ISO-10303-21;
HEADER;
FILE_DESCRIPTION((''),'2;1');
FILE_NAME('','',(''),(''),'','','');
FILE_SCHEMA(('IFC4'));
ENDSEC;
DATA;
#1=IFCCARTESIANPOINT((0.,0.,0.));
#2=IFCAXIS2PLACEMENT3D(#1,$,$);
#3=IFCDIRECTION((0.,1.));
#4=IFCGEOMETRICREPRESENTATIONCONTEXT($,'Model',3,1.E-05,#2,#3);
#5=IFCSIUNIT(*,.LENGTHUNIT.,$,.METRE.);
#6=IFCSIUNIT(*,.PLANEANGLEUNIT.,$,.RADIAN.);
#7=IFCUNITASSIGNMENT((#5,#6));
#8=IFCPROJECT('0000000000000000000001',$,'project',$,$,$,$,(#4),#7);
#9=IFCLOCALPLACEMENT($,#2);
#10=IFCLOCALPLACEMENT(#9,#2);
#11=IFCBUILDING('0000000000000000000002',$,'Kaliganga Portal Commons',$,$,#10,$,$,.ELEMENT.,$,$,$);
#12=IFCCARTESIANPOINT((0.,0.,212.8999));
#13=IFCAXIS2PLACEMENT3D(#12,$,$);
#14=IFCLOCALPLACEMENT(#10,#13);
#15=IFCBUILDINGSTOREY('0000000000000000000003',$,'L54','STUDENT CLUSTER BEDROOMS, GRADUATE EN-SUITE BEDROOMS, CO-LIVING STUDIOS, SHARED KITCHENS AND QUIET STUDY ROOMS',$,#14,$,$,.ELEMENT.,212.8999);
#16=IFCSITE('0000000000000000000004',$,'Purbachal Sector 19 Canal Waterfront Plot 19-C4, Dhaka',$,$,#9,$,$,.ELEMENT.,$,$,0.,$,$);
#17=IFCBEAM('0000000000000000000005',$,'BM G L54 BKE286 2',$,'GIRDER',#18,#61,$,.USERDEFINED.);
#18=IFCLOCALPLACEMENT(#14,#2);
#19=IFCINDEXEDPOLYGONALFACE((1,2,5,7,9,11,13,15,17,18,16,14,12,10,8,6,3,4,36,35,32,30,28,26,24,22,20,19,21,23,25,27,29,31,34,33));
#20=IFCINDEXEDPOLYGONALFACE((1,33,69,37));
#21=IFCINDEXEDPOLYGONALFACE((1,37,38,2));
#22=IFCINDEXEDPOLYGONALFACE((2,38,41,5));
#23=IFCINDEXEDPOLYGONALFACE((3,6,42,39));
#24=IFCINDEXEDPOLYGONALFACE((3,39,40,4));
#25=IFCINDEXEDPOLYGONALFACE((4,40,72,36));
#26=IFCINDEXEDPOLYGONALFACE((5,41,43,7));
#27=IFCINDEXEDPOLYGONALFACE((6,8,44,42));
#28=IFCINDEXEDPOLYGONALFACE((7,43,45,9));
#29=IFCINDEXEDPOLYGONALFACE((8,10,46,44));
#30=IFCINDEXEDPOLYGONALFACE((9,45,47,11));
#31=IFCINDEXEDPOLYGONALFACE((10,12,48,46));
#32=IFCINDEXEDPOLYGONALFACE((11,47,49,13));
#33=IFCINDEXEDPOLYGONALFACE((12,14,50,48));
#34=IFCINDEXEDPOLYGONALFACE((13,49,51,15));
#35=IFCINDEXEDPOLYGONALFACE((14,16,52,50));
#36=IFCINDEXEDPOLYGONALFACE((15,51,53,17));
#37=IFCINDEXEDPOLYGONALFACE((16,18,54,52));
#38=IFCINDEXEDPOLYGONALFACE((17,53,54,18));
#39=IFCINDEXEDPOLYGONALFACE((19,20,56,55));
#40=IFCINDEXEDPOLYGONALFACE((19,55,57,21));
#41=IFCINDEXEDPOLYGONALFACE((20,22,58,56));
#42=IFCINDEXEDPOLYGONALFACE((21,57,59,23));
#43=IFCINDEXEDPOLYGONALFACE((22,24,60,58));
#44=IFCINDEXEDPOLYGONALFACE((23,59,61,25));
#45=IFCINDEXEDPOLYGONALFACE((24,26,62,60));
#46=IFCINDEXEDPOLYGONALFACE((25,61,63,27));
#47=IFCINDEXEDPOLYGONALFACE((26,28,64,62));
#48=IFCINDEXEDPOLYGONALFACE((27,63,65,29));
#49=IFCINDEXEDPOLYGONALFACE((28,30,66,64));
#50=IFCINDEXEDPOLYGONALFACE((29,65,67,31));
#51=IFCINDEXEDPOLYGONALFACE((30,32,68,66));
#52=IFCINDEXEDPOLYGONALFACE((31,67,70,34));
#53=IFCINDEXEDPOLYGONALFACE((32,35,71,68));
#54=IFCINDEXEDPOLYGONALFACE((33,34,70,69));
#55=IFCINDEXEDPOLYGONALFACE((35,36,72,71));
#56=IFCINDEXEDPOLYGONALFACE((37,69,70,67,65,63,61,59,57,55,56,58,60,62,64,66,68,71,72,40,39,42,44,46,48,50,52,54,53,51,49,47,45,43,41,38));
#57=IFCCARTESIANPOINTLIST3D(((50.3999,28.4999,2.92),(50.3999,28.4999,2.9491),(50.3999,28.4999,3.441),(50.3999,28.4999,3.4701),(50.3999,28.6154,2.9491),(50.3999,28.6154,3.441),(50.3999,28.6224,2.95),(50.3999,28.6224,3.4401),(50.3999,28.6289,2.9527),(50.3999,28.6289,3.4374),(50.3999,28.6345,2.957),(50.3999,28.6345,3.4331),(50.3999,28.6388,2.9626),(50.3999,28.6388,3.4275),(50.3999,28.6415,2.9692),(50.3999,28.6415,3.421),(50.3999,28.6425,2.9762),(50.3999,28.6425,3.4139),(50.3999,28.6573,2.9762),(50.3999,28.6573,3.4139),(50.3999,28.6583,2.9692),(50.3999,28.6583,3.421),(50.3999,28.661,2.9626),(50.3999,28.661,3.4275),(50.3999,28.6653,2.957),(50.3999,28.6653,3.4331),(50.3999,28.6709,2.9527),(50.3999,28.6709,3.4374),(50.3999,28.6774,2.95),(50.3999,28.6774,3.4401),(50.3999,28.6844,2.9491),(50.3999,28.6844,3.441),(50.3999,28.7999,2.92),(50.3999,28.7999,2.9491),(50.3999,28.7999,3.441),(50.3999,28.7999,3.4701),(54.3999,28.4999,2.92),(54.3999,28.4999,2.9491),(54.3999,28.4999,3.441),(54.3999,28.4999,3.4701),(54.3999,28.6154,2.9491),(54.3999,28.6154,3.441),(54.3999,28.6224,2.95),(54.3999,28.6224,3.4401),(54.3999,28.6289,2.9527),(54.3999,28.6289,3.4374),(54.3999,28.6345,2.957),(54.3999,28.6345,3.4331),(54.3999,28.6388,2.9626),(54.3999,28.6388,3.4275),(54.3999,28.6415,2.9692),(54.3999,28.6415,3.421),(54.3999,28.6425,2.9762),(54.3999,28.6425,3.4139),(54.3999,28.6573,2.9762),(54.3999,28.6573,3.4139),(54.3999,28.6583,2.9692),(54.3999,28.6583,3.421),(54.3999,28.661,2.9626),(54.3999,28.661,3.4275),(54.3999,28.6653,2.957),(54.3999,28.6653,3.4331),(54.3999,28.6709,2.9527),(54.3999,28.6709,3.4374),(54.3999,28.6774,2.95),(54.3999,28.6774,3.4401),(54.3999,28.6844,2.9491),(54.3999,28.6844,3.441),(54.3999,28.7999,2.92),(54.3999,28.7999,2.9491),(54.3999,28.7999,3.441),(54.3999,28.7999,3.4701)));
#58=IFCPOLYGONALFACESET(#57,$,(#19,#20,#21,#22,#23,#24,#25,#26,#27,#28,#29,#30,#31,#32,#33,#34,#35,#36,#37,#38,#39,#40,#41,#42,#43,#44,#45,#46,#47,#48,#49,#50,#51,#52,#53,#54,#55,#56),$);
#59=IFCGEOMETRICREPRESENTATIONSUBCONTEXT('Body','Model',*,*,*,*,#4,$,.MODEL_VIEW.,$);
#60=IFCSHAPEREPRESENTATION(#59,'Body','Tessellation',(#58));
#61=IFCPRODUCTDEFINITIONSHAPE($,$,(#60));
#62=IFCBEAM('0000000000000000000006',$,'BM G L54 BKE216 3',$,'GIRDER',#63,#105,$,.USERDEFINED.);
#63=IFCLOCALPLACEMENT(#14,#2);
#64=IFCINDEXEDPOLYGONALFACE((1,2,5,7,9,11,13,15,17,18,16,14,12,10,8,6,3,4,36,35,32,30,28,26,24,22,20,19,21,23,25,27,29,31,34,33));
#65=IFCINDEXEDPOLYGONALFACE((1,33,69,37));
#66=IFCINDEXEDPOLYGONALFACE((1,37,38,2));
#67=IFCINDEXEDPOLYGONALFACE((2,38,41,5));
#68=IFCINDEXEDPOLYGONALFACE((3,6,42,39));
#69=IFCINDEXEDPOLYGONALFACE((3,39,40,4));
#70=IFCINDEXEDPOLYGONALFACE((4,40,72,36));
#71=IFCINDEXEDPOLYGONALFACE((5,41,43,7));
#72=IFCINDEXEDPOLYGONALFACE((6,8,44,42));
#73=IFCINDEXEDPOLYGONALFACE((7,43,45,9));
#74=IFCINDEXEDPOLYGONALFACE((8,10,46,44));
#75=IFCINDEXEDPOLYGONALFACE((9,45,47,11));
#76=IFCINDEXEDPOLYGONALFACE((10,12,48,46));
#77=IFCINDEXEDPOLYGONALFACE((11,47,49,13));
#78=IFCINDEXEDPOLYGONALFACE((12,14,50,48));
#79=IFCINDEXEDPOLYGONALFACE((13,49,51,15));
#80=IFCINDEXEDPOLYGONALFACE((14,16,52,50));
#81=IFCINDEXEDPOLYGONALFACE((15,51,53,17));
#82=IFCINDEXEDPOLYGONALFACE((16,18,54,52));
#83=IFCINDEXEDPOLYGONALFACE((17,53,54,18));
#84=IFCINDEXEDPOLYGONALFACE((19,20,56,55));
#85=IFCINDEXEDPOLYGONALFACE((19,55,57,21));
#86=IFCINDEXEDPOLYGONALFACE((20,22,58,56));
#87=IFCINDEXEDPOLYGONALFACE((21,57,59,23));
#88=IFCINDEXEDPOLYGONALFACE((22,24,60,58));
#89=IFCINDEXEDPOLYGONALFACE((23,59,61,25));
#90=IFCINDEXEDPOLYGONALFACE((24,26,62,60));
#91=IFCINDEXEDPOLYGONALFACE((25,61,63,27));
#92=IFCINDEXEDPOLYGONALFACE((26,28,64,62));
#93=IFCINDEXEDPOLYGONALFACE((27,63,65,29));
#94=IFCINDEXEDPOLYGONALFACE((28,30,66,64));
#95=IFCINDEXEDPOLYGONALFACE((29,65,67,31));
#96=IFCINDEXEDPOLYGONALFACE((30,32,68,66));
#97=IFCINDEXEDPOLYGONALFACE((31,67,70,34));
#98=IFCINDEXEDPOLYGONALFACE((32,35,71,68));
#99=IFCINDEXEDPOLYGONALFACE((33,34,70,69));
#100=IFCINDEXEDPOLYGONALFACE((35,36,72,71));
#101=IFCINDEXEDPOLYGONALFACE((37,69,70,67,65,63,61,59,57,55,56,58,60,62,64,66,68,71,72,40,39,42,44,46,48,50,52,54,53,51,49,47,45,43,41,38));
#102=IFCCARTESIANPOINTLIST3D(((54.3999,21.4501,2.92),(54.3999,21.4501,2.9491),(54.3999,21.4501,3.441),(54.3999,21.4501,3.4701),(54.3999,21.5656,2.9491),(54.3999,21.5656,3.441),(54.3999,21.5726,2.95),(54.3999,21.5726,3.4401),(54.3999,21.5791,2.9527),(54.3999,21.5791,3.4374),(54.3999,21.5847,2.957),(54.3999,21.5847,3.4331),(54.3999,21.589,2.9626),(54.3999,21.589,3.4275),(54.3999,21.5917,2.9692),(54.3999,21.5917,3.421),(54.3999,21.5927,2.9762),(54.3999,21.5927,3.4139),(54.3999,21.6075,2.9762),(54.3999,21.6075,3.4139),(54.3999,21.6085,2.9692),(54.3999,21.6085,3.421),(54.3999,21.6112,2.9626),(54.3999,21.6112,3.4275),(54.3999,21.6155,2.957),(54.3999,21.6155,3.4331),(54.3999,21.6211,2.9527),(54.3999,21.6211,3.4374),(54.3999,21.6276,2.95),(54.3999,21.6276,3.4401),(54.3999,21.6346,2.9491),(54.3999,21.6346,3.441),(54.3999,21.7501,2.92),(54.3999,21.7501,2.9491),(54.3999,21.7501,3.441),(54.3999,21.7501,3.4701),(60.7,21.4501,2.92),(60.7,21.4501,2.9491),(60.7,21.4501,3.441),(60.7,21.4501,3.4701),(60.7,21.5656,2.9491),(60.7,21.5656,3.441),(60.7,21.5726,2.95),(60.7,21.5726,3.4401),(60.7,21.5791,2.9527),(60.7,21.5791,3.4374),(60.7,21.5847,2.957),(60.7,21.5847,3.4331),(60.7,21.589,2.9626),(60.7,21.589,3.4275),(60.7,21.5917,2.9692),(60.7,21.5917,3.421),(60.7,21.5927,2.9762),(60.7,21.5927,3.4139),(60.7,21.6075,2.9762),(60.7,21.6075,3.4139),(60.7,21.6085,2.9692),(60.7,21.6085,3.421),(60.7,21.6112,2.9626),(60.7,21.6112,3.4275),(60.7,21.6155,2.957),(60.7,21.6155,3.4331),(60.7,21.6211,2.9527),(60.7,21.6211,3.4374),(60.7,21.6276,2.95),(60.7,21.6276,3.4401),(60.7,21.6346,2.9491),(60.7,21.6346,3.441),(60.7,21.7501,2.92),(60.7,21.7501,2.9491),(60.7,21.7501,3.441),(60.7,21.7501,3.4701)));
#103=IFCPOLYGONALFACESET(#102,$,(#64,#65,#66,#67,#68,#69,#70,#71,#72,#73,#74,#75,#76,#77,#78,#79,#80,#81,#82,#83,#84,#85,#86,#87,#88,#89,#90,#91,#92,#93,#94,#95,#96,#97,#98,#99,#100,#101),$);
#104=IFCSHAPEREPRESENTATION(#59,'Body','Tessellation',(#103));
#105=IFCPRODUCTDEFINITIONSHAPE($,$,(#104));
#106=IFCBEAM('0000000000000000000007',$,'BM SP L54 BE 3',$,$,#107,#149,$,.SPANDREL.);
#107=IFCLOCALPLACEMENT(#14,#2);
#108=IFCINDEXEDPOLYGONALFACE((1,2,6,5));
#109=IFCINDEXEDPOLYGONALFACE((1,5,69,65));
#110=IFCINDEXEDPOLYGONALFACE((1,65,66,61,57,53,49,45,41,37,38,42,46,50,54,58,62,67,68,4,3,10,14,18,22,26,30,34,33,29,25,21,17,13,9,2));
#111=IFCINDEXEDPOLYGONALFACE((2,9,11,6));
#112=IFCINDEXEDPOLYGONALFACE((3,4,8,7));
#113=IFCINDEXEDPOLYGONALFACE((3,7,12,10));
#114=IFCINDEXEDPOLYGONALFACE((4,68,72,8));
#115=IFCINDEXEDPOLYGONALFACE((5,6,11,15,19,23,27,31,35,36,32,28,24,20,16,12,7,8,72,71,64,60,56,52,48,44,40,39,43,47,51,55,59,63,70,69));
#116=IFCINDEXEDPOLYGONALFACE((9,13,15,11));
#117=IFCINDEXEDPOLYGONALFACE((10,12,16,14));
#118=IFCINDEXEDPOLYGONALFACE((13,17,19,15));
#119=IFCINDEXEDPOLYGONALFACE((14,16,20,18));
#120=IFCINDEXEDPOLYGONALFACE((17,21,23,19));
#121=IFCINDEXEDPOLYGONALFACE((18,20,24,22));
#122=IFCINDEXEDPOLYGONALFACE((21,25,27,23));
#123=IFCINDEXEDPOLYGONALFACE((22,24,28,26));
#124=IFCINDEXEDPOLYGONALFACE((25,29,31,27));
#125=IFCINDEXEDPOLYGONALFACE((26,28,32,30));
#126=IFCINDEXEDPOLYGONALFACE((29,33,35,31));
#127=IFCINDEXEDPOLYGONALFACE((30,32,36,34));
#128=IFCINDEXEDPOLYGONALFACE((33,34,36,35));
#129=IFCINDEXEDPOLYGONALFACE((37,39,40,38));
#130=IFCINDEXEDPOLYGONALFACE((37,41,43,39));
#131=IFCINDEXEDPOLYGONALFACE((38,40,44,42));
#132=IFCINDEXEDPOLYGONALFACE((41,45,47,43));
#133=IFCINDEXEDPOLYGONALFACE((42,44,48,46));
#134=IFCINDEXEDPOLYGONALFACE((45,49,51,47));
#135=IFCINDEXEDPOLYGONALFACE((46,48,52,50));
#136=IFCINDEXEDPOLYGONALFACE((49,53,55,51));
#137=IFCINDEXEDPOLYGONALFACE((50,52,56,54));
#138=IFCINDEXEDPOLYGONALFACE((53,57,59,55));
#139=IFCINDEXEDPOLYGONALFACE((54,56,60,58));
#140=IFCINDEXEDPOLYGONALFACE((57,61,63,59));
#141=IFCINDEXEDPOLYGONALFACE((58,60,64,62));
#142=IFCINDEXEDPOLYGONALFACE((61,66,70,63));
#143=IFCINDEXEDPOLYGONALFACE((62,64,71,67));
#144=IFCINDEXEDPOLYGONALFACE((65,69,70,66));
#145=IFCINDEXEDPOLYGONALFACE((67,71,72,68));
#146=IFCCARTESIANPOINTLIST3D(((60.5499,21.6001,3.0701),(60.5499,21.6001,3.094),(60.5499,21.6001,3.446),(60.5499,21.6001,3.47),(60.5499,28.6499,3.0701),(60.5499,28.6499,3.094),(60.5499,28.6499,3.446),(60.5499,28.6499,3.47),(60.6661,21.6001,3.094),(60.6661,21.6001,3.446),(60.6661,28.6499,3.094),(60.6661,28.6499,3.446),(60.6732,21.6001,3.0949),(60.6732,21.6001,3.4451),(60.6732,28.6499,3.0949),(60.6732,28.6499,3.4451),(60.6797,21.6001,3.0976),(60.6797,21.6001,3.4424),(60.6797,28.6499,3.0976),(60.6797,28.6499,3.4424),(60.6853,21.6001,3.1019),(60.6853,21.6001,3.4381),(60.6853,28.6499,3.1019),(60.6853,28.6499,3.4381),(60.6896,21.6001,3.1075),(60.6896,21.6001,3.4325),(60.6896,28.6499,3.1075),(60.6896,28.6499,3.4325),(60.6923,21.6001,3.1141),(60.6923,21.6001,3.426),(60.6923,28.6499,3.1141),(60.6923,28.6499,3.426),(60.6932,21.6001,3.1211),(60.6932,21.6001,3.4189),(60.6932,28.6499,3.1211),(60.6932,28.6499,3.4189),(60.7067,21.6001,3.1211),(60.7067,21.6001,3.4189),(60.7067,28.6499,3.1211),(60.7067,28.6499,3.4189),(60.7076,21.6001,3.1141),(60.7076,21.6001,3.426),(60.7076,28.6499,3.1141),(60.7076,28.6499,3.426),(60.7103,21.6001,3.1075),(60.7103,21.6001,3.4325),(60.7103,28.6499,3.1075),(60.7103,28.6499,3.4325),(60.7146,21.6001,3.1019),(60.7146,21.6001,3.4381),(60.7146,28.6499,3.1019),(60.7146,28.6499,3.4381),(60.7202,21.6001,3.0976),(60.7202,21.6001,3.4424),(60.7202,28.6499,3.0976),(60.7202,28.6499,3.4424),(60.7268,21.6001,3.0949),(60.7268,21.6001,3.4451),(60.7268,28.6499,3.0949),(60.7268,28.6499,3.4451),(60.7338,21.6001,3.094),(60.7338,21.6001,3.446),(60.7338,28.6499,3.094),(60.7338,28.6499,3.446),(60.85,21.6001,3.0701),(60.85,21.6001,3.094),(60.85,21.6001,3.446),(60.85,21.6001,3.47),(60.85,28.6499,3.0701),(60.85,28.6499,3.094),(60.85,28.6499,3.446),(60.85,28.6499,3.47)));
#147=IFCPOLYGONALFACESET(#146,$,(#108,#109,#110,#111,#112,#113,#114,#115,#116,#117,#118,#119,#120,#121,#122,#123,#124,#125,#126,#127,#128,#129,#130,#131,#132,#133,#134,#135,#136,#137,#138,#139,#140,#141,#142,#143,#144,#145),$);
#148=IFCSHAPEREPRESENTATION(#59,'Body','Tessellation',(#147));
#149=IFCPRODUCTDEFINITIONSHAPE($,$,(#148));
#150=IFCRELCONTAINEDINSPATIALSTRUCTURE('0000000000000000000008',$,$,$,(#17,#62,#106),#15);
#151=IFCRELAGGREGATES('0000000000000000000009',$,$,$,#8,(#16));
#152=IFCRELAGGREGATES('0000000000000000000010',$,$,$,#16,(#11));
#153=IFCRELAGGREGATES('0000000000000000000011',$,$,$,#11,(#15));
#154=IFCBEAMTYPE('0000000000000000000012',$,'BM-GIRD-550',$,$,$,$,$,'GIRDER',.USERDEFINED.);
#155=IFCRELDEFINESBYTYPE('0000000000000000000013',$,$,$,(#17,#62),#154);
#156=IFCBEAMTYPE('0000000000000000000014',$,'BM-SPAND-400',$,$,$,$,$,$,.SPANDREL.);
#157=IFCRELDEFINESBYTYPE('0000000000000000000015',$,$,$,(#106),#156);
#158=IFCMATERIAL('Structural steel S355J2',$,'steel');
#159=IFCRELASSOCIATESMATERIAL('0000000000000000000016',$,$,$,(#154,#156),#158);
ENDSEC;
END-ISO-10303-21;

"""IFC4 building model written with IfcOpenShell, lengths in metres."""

from ifc_helpers import new_model, si_unit, direction, frame, origin, origin_2d, place, context, subcontext, project, spatial, i_section, extrude, source, transform, mapped, material, material_profile, profile_set, type_object, element, save


model = new_model("IFC4")

# Units and contexts
model_context = context("Model", 3, precision=1e-05, world=origin(), true_north=direction((0.0, 1.0)))
body_context = subcontext(model_context, "Body", "Model", "MODEL_VIEW")
ifc_project = project(units=[si_unit("LENGTHUNIT", "METRE"), si_unit("PLANEANGLEUNIT", "RADIAN")], contexts=[model_context])

# Site, building, storey
site_placement = place(None, origin())
site = spatial("IfcSite", under=ifc_project, at=site_placement, Name="Purbachal Sector 19 Canal Waterfront Plot 19-C4, Dhaka", CompositionType="ELEMENT", RefElevation=0.0)
building_placement = place(site_placement, origin())
building = spatial("IfcBuilding", under=site, at=building_placement, Name="Kaliganga Portal Commons", CompositionType="ELEMENT")
storey_placement = place(building_placement, frame((0.0, 0.0, 212.8999)))
storey = spatial("IfcBuildingStorey", under=building, at=storey_placement, Name="L54", Description="STUDENT CLUSTER BEDROOMS, GRADUATE EN-SUITE BEDROOMS, CO-LIVING STUDIOS, SHARED KITCHENS AND QUIET STUDY ROOMS", CompositionType="ELEMENT", Elevation=212.8999)

# Shared definitions
ifc_material_1 = material(Name="Structural steel S355J2", Category="steel")

# Beams
ifc_material_profile_1 = material_profile(ifc_material_1, i_section(OverallWidth=0.3, OverallDepth=0.55, WebThickness=0.0149, FlangeThickness=0.0291, FilletRadius=0.0271, at=origin_2d()), Name="HE 550 B")
ifc_profile_set_1 = profile_set([ifc_material_profile_1], Name="Structural steel S355J2 wide-flange")
beam_type_1 = type_object("IfcBeamType", Name="BM-GIRD-550", ElementType="GIRDER", PredefinedType="USERDEFINED", material=ifc_profile_set_1)
shared_shape_1 = source(origin(), body_context, "Body", "SweptSolid", [
    extrude(i_section(OverallWidth=0.3, OverallDepth=0.55, WebThickness=0.0149, FlangeThickness=0.0291, FilletRadius=0.0271, at=origin_2d()), origin(), (0.0, 0.0, 1.0), 4.0),
])
for number, where, z_axis, x_axis, name in (
    (1, (50.3999, 28.6499, 3.1951), (1.0, 0.0, 0.0), (0.0, 1.0, 0.0), "BM G L54 BKE286 2"),
):
    element("IfcBeam", number, at=place(storey_placement, frame(where, z_axis=z_axis, x_axis=x_axis)), inside=storey, type_object=beam_type_1, Name=name, ObjectType="GIRDER", PredefinedType="USERDEFINED", context=body_context, shape_type="MappedRepresentation", body=[
        mapped(shared_shape_1, transform((0.0, 0.0, 0.0), x_axis=(1.0, 0.0, 0.0), y_axis=(0.0, 1.0, 0.0), z_axis=(0.0, 0.0, 1.0), scale=1.0)),
    ])
shared_shape_2 = source(origin(), body_context, "Body", "SweptSolid", [
    extrude(i_section(OverallWidth=0.3, OverallDepth=0.55, WebThickness=0.0149, FlangeThickness=0.0291, FilletRadius=0.0271, at=origin_2d()), origin(), (0.0, 0.0, 1.0), 6.3),
])
beam_1_placement = place(storey_placement, frame((54.3999, 21.6001, 3.1951), z_axis=(1.0, 0.0, 0.0), x_axis=(0.0, 1.0, 0.0)))
element("IfcBeam", 2, at=beam_1_placement, inside=storey, type_object=beam_type_1, Name="BM G L54 BKE216 3", ObjectType="GIRDER", PredefinedType="USERDEFINED", context=body_context, shape_type="MappedRepresentation", body=[
    mapped(shared_shape_2, transform((0.0, 0.0, 0.0), x_axis=(1.0, 0.0, 0.0), y_axis=(0.0, 1.0, 0.0), z_axis=(0.0, 0.0, 1.0), scale=1.0)),
])
ifc_material_profile_2 = material_profile(ifc_material_1, i_section(OverallWidth=0.3, OverallDepth=0.3999, WebThickness=0.0134, FlangeThickness=0.0239, FilletRadius=0.0271, at=origin_2d()), Name="HE 400 B")
ifc_profile_set_2 = profile_set([ifc_material_profile_2], Name="Structural steel S355J2 wide-flange")
beam_type_2 = type_object("IfcBeamType", Name="BM-SPAND-400", PredefinedType="SPANDREL", material=ifc_profile_set_2)
shared_shape_3 = source(origin(), body_context, "Body", "SweptSolid", [
    extrude(i_section(OverallWidth=0.3, OverallDepth=0.3999, WebThickness=0.0134, FlangeThickness=0.0239, FilletRadius=0.0271, at=origin_2d()), origin(), (0.0, 0.0, 1.0), 7.0498),
])
beam_2_placement = place(storey_placement, frame((60.7, 21.6001, 3.27), z_axis=(0.0, 1.0, 0.0), x_axis=(-1.0, 0.0, 0.0)))
element("IfcBeam", 3, at=beam_2_placement, inside=storey, type_object=beam_type_2, Name="BM SP L54 BE 3", PredefinedType="SPANDREL", context=body_context, shape_type="MappedRepresentation", body=[
    mapped(shared_shape_3, transform((0.0, 0.0, 0.0), x_axis=(1.0, 0.0, 0.0), y_axis=(0.0, 1.0, 0.0), z_axis=(0.0, 0.0, 1.0), scale=1.0)),
])

save(model, "model.ifc")
